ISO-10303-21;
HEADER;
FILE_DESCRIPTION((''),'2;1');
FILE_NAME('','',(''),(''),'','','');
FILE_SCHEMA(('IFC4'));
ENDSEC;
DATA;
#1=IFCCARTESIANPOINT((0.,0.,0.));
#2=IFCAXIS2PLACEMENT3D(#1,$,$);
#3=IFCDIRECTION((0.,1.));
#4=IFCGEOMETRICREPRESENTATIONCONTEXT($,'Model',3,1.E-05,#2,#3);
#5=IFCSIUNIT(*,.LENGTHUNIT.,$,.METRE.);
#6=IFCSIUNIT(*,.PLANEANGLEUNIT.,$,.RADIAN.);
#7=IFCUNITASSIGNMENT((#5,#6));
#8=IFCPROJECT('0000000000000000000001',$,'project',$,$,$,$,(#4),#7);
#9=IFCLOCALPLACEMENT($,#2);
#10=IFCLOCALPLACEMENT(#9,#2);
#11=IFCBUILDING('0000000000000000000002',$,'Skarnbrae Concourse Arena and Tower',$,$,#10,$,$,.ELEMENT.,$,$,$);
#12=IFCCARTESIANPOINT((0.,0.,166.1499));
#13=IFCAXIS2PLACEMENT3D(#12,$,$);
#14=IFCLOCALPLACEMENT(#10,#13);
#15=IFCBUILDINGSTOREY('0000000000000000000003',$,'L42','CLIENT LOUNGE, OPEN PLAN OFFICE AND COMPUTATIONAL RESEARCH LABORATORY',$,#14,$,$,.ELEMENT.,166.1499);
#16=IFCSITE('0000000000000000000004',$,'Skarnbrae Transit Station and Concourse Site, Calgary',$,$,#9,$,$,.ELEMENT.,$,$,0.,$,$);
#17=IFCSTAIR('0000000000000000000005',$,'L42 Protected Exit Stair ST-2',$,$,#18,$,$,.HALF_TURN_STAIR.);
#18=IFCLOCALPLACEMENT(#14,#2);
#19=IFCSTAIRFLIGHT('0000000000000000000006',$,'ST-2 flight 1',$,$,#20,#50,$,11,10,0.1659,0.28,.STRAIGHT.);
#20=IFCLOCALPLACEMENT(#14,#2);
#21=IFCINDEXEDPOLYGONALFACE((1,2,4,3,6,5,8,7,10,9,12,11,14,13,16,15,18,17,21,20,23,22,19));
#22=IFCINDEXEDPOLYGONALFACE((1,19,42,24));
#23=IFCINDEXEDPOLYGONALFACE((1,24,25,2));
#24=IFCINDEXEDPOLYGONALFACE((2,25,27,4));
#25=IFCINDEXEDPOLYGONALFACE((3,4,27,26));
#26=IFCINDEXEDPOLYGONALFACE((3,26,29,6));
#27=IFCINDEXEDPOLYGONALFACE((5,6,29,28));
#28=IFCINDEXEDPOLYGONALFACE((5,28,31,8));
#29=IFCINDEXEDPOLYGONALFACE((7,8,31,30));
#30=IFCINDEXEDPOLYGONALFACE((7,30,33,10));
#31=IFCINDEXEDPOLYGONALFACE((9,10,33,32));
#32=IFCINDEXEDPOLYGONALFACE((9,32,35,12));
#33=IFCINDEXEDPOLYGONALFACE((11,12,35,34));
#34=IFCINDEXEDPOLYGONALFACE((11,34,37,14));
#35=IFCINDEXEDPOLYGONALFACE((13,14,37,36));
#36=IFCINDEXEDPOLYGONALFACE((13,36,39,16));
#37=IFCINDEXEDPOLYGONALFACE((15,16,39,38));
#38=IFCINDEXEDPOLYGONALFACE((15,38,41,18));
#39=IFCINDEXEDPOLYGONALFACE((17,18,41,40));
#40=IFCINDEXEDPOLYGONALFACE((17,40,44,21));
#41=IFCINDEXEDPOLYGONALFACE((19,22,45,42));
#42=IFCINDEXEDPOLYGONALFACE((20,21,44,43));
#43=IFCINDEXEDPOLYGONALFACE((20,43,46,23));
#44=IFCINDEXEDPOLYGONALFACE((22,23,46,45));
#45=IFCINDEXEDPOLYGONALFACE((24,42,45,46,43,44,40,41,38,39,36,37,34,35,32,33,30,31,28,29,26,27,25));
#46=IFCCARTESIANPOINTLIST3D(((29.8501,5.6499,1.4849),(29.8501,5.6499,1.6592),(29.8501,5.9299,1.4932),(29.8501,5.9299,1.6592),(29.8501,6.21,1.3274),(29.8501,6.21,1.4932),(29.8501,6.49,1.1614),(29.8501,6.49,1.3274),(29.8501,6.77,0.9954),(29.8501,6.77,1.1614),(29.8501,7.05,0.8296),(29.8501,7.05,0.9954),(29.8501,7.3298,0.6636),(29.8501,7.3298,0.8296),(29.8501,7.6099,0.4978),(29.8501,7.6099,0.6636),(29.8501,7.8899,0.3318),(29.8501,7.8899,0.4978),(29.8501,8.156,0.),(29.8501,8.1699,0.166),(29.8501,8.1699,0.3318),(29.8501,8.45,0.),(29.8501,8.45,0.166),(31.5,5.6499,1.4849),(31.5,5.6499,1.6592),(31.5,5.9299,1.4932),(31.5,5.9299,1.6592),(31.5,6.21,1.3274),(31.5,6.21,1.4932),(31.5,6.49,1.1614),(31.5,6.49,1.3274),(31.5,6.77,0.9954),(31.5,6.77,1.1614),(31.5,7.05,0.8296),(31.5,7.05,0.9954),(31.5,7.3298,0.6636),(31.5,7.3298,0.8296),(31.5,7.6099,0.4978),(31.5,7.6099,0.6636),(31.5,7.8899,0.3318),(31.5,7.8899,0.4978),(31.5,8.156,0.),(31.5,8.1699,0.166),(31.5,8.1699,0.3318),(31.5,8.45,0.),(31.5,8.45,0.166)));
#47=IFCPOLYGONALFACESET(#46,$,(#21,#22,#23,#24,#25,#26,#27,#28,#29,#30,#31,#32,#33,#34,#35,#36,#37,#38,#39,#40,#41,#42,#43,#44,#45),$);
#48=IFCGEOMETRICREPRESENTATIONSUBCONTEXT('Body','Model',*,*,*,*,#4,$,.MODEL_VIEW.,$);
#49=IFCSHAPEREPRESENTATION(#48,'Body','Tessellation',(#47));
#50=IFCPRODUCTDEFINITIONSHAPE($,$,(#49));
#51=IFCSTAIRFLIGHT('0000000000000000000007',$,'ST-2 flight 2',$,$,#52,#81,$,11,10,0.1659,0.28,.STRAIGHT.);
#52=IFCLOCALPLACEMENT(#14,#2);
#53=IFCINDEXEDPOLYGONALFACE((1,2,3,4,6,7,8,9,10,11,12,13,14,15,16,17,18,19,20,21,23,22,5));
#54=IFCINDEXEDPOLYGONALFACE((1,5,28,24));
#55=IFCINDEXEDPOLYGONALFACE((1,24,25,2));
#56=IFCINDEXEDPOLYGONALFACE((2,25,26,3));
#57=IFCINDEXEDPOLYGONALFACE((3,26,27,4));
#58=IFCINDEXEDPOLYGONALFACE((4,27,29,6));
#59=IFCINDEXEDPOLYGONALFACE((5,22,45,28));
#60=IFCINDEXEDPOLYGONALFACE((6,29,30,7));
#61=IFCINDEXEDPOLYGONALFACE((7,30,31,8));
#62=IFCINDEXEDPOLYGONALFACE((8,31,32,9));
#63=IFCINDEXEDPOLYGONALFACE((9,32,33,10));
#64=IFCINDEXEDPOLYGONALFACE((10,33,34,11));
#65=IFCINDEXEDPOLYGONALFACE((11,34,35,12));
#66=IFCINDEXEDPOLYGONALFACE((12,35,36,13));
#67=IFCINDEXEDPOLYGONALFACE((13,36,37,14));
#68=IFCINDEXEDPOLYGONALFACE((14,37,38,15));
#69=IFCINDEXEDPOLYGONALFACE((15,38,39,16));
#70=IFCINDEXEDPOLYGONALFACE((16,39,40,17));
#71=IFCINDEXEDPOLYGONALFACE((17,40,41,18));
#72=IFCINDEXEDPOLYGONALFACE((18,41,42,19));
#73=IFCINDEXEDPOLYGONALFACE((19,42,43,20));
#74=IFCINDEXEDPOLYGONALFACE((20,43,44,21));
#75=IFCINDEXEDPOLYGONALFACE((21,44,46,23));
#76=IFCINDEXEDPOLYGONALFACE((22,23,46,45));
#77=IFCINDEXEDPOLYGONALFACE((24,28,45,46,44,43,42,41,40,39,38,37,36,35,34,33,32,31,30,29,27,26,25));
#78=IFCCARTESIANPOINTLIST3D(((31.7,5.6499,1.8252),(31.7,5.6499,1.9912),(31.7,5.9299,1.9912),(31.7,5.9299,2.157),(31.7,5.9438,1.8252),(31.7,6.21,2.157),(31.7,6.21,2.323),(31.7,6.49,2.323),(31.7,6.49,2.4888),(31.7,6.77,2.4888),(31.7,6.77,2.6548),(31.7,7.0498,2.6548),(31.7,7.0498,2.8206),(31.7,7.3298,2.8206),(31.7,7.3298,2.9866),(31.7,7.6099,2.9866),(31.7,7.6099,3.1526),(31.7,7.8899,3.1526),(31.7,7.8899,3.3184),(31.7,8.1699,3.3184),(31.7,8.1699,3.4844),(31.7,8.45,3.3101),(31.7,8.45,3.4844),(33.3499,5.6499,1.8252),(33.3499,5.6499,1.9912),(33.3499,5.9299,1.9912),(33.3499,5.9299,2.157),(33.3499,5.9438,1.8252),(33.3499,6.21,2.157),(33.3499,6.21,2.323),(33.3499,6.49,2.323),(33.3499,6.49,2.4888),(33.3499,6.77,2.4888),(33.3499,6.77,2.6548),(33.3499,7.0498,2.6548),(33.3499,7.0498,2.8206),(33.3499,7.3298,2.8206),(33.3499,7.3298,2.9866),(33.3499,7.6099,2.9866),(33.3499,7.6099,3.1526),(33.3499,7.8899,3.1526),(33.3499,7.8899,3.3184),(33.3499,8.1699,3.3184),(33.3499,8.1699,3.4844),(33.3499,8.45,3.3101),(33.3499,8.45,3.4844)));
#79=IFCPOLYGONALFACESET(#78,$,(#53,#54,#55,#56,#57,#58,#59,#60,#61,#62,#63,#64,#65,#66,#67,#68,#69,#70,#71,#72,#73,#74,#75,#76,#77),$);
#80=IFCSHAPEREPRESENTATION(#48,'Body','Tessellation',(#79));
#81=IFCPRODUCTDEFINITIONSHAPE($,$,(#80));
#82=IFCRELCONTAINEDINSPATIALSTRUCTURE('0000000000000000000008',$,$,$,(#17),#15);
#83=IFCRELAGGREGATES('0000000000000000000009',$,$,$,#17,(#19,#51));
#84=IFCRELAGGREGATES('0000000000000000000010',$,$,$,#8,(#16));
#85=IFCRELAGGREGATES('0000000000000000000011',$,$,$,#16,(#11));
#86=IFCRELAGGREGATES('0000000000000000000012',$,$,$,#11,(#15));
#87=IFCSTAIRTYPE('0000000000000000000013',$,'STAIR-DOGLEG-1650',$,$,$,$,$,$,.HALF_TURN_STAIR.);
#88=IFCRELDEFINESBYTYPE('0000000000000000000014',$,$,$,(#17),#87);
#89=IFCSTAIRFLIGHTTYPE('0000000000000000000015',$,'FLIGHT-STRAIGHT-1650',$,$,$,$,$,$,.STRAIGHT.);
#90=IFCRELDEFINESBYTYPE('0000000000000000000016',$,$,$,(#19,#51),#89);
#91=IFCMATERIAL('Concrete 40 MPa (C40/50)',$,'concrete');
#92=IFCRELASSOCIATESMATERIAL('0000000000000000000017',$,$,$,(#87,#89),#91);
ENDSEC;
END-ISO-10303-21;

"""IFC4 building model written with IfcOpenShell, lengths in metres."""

from ifc_helpers import new_model, si_unit, direction, frame, origin, place, context, subcontext, project, spatial, polyline, outline, extrude, source, transform, mapped, material, type_object, element, aggregate, save


model = new_model("IFC4")

# Units and contexts
model_context = context("Model", 3, precision=1e-05, world=origin(), true_north=direction((0.0, 1.0)))
body_context = subcontext(model_context, "Body", "Model", "MODEL_VIEW")
ifc_project = project(units=[si_unit("LENGTHUNIT", "METRE"), si_unit("PLANEANGLEUNIT", "RADIAN")], contexts=[model_context])

# Site, building, storey
site_placement = place(None, origin())
site = spatial("IfcSite", under=ifc_project, at=site_placement, Name="Skarnbrae Transit Station and Concourse Site, Calgary", CompositionType="ELEMENT", RefElevation=0.0)
building_placement = place(site_placement, origin())
building = spatial("IfcBuilding", under=site, at=building_placement, Name="Skarnbrae Concourse Arena and Tower", CompositionType="ELEMENT")
storey_placement = place(building_placement, frame((0.0, 0.0, 166.1499)))
storey = spatial("IfcBuildingStorey", under=building, at=storey_placement, Name="L42", Description="CLIENT LOUNGE, OPEN PLAN OFFICE AND COMPUTATIONAL RESEARCH LABORATORY", CompositionType="ELEMENT", Elevation=166.1499)

# Stair, stair flights
ifc_material_1 = material(Name="Concrete 40 MPa (C40/50)", Category="concrete")
stair_type = type_object("IfcStairType", Name="STAIR-DOGLEG-1650", PredefinedType="HALF_TURN_STAIR", material=ifc_material_1)
stair_placement = place(storey_placement, origin())
stair = element("IfcStair", 1, at=stair_placement, inside=storey, type_object=stair_type, Name="L42 Protected Exit Stair ST-2", PredefinedType="HALF_TURN_STAIR")
stair_flight_type = type_object("IfcStairFlightType", Name="FLIGHT-STRAIGHT-1650", PredefinedType="STRAIGHT", material=ifc_material_1)
shared_shape_1 = source(origin(), body_context, "Body", "SweptSolid", [
    extrude(outline(polyline([(0.0, 0.0), (0.0, 0.166), (0.28, 0.166), (0.28, 0.3318), (0.5601, 0.3318), (0.5601, 0.4978), (0.8401, 0.4978), (0.8401, 0.6636), (1.1201, 0.6636), (1.1201, 0.8296), (1.3999, 0.8296), (1.3999, 0.9954), (1.6799, 0.9954), (1.6799, 1.1614), (1.96, 1.1614), (1.96, 1.3274), (2.24, 1.3274), (2.24, 1.4932), (2.52, 1.4932), (2.52, 1.6592), (2.8, 1.6592), (2.8, 1.825), (2.8, 1.4849), (0.2939, 0.0), (0.0, 0.0)])), frame((0.0, 0.825, 0.0), z_axis=(0.0, -1.0, 0.0), x_axis=(1.0, 0.0, 0.0)), (0.0, 0.0, 1.0), 1.6499),
])
stair_flight_1_placement = place(storey_placement, frame((30.675, 8.45, 0.0), z_axis=(0.0, 0.0, 1.0), x_axis=(0.0, -1.0, 0.0)))
stair_flight_1 = element("IfcStairFlight", 2, at=stair_flight_1_placement, type_object=stair_flight_type, Name="ST-2 flight 1", NumberOfRisers=11, NumberOfTreads=10, PredefinedType="STRAIGHT", RiserHeight=0.1659, TreadLength=0.28, context=body_context, shape_type="MappedRepresentation", body=[
    mapped(shared_shape_1, transform((0.0, 0.0, 0.0))),
])
stair_flight_2_placement = place(storey_placement, frame((32.5249, 5.6499, 1.8252), z_axis=(0.0, 0.0, 1.0), x_axis=(0.0, 1.0, 0.0)))
stair_flight_2 = element("IfcStairFlight", 3, at=stair_flight_2_placement, type_object=stair_flight_type, Name="ST-2 flight 2", NumberOfRisers=11, NumberOfTreads=10, PredefinedType="STRAIGHT", RiserHeight=0.1659, TreadLength=0.28, context=body_context, shape_type="MappedRepresentation", body=[
    mapped(shared_shape_1, transform((0.0, 0.0, 0.0))),
])
aggregate(stair, [stair_flight_1, stair_flight_2])

save(model, "model.ifc")
